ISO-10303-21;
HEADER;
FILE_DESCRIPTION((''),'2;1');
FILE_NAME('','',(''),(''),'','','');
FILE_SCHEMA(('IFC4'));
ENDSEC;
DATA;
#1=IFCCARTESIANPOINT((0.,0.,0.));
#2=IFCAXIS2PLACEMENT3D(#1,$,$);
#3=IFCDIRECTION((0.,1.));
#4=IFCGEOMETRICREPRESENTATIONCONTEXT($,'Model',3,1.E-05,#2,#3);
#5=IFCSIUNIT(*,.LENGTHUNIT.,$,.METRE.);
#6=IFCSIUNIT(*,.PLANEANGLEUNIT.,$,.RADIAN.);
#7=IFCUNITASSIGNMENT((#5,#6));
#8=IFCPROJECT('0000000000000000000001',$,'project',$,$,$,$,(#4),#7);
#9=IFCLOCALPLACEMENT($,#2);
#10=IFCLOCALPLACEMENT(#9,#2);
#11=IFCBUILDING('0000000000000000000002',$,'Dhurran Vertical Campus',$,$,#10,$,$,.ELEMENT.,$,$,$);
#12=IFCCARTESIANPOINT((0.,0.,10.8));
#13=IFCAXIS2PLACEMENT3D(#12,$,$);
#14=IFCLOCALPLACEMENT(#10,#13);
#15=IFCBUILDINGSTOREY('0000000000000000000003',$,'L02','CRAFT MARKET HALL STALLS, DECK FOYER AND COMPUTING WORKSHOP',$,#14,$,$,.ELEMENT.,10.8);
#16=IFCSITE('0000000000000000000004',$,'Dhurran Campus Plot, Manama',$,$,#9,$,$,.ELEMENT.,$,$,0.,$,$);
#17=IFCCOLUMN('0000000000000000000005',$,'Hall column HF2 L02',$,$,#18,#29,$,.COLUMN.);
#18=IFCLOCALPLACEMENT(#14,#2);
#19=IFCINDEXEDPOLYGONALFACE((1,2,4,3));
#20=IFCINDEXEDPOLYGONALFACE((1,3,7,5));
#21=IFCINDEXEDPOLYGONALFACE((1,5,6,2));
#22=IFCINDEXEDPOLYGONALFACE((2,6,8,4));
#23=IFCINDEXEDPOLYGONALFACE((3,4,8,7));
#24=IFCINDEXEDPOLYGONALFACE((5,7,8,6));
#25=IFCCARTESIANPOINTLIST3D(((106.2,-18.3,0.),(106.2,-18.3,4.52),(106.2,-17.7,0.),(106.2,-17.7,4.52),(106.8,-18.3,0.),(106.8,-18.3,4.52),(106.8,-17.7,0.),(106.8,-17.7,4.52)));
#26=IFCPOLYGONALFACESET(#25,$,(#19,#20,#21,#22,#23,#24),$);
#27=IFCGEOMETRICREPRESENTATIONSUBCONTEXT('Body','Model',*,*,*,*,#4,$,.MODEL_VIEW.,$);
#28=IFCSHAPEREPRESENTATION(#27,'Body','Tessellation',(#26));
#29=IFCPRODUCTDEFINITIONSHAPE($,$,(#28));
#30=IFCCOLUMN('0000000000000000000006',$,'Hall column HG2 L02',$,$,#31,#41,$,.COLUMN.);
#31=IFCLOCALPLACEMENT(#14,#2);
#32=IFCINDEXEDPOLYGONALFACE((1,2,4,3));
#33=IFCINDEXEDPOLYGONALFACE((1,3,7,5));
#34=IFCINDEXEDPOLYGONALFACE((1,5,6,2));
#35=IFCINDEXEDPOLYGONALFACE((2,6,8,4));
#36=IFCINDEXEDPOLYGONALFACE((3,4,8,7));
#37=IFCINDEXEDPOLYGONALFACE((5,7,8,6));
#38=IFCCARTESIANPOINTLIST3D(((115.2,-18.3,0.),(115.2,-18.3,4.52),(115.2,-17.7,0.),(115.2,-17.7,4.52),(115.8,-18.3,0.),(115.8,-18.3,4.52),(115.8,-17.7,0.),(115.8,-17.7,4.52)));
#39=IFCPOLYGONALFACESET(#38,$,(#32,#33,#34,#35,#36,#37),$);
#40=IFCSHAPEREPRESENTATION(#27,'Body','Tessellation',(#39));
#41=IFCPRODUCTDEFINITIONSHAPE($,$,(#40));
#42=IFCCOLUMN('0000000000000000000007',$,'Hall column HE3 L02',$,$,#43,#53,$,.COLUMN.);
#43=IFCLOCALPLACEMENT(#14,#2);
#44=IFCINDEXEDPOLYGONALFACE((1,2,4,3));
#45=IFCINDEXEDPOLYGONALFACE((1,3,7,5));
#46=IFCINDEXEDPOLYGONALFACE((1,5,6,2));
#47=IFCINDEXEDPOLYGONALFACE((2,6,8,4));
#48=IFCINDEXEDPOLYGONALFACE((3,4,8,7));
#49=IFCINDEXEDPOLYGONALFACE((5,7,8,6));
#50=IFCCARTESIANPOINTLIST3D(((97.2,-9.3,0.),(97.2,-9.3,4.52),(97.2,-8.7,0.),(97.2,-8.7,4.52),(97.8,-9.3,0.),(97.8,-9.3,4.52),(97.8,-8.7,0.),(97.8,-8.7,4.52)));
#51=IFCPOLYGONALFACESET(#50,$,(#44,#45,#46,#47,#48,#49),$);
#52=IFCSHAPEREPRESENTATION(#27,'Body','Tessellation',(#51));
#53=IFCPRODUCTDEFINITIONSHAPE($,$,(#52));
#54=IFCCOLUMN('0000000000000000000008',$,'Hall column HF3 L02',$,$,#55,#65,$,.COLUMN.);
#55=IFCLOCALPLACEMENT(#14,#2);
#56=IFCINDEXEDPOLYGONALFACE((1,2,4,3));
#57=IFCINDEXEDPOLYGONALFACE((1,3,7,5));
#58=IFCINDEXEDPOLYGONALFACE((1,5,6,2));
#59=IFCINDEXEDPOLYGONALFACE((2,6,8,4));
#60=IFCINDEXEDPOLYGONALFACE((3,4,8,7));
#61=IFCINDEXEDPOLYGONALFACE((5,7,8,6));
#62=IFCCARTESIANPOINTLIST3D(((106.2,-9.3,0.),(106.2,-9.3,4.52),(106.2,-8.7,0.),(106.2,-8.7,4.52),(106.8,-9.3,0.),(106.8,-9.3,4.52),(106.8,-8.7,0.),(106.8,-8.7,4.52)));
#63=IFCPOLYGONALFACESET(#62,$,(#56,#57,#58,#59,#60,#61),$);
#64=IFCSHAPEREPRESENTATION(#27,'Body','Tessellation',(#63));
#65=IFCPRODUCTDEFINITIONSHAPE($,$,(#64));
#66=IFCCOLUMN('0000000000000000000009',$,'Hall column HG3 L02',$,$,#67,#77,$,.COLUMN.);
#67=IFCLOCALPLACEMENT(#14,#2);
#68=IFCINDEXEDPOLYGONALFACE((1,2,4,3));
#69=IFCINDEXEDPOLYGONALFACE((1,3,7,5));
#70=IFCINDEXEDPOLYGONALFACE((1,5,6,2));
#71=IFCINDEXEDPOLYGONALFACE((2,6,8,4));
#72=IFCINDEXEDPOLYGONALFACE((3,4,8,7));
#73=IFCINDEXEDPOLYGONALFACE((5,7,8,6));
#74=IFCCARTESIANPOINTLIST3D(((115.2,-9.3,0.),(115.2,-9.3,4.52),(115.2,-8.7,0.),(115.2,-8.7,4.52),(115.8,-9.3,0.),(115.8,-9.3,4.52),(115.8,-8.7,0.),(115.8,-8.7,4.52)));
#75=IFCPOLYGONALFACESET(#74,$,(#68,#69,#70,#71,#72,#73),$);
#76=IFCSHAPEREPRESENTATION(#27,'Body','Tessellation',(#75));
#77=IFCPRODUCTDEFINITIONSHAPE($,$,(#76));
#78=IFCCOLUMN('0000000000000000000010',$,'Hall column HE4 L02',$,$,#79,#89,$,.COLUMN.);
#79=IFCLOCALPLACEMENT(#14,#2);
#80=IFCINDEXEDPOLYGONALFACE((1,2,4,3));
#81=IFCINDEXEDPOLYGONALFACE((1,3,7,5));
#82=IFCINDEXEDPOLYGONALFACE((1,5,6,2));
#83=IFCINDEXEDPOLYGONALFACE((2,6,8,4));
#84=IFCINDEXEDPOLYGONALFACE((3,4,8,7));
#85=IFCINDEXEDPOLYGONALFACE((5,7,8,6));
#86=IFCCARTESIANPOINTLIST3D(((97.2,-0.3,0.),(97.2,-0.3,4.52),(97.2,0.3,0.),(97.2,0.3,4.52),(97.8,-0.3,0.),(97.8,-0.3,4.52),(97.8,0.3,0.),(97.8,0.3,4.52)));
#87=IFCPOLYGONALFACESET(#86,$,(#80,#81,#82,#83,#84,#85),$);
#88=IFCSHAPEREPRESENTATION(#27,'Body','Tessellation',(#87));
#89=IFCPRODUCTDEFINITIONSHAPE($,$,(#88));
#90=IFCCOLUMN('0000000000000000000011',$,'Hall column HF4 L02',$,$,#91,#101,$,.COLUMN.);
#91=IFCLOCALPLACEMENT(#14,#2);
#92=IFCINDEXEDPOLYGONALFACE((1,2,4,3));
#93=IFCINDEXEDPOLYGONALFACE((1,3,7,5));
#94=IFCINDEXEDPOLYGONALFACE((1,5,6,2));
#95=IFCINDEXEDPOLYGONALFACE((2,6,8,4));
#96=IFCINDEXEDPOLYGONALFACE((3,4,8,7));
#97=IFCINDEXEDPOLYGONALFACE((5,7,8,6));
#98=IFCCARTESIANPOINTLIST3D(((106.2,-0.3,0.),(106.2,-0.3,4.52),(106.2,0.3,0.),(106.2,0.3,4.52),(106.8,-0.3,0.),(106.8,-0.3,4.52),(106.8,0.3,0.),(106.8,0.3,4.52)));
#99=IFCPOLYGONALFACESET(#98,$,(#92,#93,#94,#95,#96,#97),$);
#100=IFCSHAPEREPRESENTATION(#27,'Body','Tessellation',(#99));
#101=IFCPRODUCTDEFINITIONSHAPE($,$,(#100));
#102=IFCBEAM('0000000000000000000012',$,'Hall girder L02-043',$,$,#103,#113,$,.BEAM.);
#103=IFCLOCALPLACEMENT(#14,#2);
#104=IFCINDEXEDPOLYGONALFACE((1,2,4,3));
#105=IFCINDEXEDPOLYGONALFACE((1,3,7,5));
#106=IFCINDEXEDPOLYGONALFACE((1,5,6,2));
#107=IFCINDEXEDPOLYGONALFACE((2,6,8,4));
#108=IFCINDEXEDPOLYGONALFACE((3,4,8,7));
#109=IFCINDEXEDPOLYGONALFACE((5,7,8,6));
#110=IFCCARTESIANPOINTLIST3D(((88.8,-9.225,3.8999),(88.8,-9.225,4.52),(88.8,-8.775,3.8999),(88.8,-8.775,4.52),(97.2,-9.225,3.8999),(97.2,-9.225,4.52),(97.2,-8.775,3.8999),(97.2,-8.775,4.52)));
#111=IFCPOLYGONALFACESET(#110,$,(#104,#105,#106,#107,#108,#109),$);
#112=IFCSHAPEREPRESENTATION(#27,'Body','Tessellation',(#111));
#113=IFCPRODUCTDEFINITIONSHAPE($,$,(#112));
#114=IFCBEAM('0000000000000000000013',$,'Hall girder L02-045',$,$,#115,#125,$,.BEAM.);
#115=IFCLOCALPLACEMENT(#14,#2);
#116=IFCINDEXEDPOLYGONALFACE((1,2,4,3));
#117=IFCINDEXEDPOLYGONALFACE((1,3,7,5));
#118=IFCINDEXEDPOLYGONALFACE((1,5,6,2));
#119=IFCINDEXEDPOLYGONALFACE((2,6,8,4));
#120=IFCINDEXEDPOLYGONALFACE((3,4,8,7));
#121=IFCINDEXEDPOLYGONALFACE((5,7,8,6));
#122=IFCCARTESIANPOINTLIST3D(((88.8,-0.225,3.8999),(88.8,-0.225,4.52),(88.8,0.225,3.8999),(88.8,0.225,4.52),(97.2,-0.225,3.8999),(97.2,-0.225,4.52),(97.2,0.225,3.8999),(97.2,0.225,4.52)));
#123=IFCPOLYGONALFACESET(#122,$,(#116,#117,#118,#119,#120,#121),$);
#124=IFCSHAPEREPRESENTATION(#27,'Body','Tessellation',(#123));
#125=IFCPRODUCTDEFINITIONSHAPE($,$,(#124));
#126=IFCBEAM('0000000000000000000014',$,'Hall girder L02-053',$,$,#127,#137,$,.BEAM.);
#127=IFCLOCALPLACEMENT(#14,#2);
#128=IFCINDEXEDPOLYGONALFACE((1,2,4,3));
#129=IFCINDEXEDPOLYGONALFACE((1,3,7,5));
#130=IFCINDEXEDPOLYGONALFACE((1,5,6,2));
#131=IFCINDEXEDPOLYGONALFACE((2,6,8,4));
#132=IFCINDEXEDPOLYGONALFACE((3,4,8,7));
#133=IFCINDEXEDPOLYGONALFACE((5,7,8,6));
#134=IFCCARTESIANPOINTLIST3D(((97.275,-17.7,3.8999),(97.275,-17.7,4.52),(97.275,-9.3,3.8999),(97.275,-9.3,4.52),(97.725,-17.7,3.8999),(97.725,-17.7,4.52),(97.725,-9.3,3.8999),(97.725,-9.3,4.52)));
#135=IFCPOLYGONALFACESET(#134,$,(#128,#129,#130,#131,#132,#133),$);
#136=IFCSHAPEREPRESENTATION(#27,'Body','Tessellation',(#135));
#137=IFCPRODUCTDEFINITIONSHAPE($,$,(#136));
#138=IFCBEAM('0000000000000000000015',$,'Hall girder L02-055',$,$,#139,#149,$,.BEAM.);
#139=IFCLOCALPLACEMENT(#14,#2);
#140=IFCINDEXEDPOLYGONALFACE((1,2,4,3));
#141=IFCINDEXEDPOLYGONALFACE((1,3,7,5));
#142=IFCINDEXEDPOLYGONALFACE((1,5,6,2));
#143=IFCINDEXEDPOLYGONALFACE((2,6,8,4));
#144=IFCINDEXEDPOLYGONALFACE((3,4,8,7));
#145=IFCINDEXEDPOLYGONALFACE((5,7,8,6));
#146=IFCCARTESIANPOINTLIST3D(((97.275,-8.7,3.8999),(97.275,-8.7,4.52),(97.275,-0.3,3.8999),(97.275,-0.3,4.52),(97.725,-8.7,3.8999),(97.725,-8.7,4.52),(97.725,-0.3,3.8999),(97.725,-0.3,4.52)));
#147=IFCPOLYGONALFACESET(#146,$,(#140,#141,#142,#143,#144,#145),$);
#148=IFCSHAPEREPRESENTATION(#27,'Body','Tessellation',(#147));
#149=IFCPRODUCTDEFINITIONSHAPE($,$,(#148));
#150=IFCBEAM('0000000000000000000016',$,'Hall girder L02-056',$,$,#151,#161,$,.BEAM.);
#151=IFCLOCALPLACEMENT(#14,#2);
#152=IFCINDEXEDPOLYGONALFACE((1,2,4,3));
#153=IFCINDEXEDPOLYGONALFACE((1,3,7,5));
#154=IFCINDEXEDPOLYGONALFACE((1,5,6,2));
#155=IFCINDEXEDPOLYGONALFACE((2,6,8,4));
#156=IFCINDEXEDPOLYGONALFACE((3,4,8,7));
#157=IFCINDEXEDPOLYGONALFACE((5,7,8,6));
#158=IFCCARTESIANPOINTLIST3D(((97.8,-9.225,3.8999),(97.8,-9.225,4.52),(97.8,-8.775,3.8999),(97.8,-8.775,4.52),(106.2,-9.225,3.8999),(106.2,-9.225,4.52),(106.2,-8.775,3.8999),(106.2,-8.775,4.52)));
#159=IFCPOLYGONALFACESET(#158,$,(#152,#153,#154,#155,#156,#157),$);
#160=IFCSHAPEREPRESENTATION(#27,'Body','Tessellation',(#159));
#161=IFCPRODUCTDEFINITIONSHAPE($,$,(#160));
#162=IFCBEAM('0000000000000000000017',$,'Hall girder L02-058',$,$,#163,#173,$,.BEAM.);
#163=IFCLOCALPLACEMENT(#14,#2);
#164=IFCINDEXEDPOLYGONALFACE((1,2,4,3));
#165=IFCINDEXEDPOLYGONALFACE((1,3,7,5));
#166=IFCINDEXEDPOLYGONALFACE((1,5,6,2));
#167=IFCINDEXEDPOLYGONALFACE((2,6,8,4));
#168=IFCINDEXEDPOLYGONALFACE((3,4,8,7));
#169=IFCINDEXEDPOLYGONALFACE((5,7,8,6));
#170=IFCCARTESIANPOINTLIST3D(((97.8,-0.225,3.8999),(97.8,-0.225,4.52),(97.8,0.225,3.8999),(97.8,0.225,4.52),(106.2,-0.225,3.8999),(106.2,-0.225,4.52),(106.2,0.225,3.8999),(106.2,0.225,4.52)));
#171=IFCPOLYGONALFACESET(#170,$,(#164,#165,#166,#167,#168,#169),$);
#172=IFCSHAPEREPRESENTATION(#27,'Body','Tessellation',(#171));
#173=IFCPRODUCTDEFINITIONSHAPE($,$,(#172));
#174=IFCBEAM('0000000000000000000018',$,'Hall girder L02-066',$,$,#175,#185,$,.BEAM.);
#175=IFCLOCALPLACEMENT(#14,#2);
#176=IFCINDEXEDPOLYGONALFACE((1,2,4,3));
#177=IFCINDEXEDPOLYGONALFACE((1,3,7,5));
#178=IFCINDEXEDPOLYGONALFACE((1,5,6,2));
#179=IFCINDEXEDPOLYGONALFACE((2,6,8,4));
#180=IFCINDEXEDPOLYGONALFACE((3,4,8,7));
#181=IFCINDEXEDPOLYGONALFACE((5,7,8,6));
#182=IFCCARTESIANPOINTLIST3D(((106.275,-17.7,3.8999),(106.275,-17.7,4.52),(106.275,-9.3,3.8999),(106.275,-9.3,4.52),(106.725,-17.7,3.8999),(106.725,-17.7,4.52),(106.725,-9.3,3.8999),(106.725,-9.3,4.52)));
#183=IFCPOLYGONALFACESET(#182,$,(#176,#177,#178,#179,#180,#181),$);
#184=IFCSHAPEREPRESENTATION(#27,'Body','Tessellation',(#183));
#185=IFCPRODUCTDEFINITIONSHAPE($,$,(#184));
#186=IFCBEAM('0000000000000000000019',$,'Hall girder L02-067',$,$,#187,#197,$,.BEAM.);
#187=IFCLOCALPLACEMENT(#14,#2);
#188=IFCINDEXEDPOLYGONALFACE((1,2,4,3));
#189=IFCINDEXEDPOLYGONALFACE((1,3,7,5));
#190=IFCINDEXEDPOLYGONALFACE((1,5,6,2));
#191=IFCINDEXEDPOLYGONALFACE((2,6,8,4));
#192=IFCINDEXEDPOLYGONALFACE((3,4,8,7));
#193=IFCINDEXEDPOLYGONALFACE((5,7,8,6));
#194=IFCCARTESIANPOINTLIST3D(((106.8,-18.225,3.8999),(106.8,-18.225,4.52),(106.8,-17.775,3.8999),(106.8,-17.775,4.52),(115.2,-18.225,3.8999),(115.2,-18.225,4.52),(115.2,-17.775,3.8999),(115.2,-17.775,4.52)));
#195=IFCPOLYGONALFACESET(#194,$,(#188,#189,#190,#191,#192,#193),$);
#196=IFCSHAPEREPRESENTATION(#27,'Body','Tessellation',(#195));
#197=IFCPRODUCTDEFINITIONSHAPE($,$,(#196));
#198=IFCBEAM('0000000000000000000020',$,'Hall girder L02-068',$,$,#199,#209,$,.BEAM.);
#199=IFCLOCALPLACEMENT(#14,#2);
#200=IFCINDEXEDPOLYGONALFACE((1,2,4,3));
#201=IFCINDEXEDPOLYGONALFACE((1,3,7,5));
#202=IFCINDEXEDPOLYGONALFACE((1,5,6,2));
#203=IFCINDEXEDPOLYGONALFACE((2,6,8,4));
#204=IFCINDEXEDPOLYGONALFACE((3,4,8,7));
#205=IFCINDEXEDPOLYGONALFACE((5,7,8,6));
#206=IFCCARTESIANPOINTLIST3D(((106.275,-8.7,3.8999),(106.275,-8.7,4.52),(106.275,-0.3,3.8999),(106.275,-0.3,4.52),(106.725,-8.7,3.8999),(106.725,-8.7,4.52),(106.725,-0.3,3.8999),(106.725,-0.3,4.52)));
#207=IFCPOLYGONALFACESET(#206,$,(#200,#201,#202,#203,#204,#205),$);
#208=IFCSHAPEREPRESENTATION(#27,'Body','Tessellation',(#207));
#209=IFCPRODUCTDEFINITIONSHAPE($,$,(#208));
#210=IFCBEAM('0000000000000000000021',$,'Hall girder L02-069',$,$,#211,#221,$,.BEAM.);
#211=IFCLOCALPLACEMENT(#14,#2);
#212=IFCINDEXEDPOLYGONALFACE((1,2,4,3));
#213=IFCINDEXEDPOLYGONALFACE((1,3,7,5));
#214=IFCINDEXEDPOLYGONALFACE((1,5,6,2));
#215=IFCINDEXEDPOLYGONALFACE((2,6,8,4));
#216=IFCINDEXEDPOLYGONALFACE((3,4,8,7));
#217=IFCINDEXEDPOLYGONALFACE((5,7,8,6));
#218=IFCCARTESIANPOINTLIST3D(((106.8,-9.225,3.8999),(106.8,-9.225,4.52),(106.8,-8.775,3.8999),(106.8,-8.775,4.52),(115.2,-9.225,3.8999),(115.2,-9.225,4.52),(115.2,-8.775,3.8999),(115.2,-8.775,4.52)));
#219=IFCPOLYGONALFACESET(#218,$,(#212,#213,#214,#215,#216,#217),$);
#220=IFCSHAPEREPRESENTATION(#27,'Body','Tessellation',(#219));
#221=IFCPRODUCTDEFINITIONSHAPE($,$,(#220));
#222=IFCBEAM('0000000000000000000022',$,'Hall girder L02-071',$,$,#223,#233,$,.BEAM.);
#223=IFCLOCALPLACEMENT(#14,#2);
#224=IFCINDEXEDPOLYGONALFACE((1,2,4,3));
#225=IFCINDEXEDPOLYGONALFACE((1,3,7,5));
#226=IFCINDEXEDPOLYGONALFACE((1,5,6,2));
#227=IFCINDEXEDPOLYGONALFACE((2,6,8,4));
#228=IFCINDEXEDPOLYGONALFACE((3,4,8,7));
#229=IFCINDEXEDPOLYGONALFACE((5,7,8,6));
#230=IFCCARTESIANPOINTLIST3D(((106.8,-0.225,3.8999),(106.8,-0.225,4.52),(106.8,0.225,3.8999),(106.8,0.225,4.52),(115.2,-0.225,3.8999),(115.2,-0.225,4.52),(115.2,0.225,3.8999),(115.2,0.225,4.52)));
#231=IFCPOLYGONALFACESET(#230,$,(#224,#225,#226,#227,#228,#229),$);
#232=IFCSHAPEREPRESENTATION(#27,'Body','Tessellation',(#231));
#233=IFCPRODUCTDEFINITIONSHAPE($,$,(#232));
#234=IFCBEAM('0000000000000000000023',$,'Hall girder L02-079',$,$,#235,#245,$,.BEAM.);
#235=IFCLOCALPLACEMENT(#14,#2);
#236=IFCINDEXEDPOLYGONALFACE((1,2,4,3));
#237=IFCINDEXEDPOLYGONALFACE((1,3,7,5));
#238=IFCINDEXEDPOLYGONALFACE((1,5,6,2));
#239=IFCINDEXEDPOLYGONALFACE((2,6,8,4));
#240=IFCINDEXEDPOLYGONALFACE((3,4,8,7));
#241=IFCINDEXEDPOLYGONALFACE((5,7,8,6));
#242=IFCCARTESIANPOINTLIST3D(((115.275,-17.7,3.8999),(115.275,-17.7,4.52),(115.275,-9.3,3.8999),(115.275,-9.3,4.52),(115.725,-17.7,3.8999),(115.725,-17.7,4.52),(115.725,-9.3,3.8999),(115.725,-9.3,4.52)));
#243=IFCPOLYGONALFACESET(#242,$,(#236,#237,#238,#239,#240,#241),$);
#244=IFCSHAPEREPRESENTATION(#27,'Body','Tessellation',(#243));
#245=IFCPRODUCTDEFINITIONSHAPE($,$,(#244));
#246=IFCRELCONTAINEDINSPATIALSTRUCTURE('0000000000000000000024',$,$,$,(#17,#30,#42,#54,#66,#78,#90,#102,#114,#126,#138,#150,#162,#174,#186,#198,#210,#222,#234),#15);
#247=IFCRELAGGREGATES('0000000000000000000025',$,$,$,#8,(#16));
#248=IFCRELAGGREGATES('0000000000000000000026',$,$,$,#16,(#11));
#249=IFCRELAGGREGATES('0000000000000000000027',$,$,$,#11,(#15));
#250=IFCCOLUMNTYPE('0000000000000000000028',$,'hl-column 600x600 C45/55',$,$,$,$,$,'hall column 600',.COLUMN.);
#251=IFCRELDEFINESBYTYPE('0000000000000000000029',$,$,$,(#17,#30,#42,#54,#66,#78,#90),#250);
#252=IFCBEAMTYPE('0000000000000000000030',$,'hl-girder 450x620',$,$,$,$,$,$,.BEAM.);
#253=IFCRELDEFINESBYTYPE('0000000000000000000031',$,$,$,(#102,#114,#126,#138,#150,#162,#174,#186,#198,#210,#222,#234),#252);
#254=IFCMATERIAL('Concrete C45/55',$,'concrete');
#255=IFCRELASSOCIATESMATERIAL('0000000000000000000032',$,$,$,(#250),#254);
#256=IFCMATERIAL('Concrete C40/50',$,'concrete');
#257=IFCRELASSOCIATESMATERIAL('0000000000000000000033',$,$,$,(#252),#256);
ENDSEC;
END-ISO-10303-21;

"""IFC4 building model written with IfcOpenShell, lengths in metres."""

from ifc_helpers import new_model, si_unit, direction, frame, origin, origin_2d, place, context, subcontext, project, spatial, rectangle, extrude, material, material_profile, profile_set, type_object, element, save


model = new_model("IFC4")

# Units and contexts
model_context = context("Model", 3, precision=1e-05, world=origin(), true_north=direction((0.0, 1.0)))
body_context = subcontext(model_context, "Body", "Model", "MODEL_VIEW")
ifc_project = project(units=[si_unit("LENGTHUNIT", "METRE"), si_unit("PLANEANGLEUNIT", "RADIAN")], contexts=[model_context])

# Site, building, storey
site_placement = place(None, origin())
site = spatial("IfcSite", under=ifc_project, at=site_placement, Name="Dhurran Campus Plot, Manama", CompositionType="ELEMENT", RefElevation=0.0)
building_placement = place(site_placement, origin())
building = spatial("IfcBuilding", under=site, at=building_placement, Name="Dhurran Vertical Campus", CompositionType="ELEMENT")
storey_placement = place(building_placement, frame((0.0, 0.0, 10.8)))
storey = spatial("IfcBuildingStorey", under=building, at=storey_placement, Name="L02", Description="CRAFT MARKET HALL STALLS, DECK FOYER AND COMPUTING WORKSHOP", CompositionType="ELEMENT", Elevation=10.8)

# Columns
ifc_material_1 = material(Name="Concrete C45/55", Category="concrete")
ifc_material_profile_1 = material_profile(ifc_material_1, rectangle(XDim=0.6001, YDim=0.6001, at=origin_2d()), Name="hl-column 600x600 C45/55")
ifc_profile_set_1 = profile_set([ifc_material_profile_1], Name="Concrete C45/55")
column_type = type_object("IfcColumnType", Name="hl-column 600x600 C45/55", ElementType="hall column 600", PredefinedType="COLUMN", material=ifc_profile_set_1)
for number, where, z_axis, x_axis, name in (
    (1, (106.5, -18.0, 0.0), (0.0, 0.0, 1.0), (1.0, 0.0, 0.0), "Hall column HF2 L02"),
    (2, (115.5, -18.0, 0.0), (0.0, 0.0, 1.0), (1.0, 0.0, 0.0), "Hall column HG2 L02"),
    (3, (97.5, -9.0, 0.0), (0.0, 0.0, 1.0), (1.0, 0.0, 0.0), "Hall column HE3 L02"),
    (4, (106.5, -9.0, 0.0), (0.0, 0.0, 1.0), (1.0, 0.0, 0.0), "Hall column HF3 L02"),
    (5, (115.5, -9.0, 0.0), (0.0, 0.0, 1.0), (1.0, 0.0, 0.0), "Hall column HG3 L02"),
    (6, (97.5, 0.0, 0.0), (0.0, 0.0, 1.0), (1.0, 0.0, 0.0), "Hall column HE4 L02"),
    (7, (106.5, 0.0, 0.0), (0.0, 0.0, 1.0), (1.0, 0.0, 0.0), "Hall column HF4 L02"),
):
    element("IfcColumn", number, at=place(storey_placement, frame(where, z_axis=z_axis, x_axis=x_axis)), inside=storey, type_object=column_type, Name=name, PredefinedType="COLUMN", context=body_context, shape_type="SweptSolid", body=[
        extrude(rectangle(XDim=0.6001, YDim=0.6001, at=origin_2d()), origin(), (0.0, 0.0, 1.0), 4.52),
    ])

# Beams
ifc_material_2 = material(Name="Concrete C40/50", Category="concrete")
ifc_material_profile_2 = material_profile(ifc_material_2, rectangle(XDim=0.45, YDim=0.6201, at=origin_2d()), Name="hl-girder 450x620")
ifc_profile_set_2 = profile_set([ifc_material_profile_2], Name="Concrete C40/50")
beam_type = type_object("IfcBeamType", Name="hl-girder 450x620", PredefinedType="BEAM", material=ifc_profile_set_2)
for number, where, z_axis, x_axis, name in (
    (8, (88.8, -9.0, 4.21), (1.0, 0.0, 0.0), (0.0, 1.0, 0.0), "Hall girder L02-043"),
    (9, (88.8, 0.0, 4.21), (1.0, 0.0, 0.0), (0.0, 1.0, 0.0), "Hall girder L02-045"),
    (10, (97.5, -17.7, 4.21), (0.0, 1.0, 0.0), (-1.0, 0.0, 0.0), "Hall girder L02-053"),
    (11, (97.5, -8.7, 4.21), (0.0, 1.0, 0.0), (-1.0, 0.0, 0.0), "Hall girder L02-055"),
    (12, (97.8, -9.0, 4.21), (1.0, 0.0, 0.0), (0.0, 1.0, 0.0), "Hall girder L02-056"),
    (13, (97.8, 0.0, 4.21), (1.0, 0.0, 0.0), (0.0, 1.0, 0.0), "Hall girder L02-058"),
    (14, (106.5, -17.7, 4.21), (0.0, 1.0, 0.0), (-1.0, 0.0, 0.0), "Hall girder L02-066"),
    (15, (106.8, -18.0, 4.21), (1.0, 0.0, 0.0), (0.0, 1.0, 0.0), "Hall girder L02-067"),
    (16, (106.5, -8.7, 4.21), (0.0, 1.0, 0.0), (-1.0, 0.0, 0.0), "Hall girder L02-068"),
    (17, (106.8, -9.0, 4.21), (1.0, 0.0, 0.0), (0.0, 1.0, 0.0), "Hall girder L02-069"),
    (18, (106.8, 0.0, 4.21), (1.0, 0.0, 0.0), (0.0, 1.0, 0.0), "Hall girder L02-071"),
    (19, (115.5, -17.7, 4.21), (0.0, 1.0, 0.0), (-1.0, 0.0, 0.0), "Hall girder L02-079"),
):
    element("IfcBeam", number, at=place(storey_placement, frame(where, z_axis=z_axis, x_axis=x_axis)), inside=storey, type_object=beam_type, Name=name, PredefinedType="BEAM", context=body_context, shape_type="SweptSolid", body=[
        extrude(rectangle(XDim=0.45, YDim=0.6201, at=origin_2d()), origin(), (0.0, 0.0, 1.0), 8.3999),
    ])

save(model, "model.ifc")
